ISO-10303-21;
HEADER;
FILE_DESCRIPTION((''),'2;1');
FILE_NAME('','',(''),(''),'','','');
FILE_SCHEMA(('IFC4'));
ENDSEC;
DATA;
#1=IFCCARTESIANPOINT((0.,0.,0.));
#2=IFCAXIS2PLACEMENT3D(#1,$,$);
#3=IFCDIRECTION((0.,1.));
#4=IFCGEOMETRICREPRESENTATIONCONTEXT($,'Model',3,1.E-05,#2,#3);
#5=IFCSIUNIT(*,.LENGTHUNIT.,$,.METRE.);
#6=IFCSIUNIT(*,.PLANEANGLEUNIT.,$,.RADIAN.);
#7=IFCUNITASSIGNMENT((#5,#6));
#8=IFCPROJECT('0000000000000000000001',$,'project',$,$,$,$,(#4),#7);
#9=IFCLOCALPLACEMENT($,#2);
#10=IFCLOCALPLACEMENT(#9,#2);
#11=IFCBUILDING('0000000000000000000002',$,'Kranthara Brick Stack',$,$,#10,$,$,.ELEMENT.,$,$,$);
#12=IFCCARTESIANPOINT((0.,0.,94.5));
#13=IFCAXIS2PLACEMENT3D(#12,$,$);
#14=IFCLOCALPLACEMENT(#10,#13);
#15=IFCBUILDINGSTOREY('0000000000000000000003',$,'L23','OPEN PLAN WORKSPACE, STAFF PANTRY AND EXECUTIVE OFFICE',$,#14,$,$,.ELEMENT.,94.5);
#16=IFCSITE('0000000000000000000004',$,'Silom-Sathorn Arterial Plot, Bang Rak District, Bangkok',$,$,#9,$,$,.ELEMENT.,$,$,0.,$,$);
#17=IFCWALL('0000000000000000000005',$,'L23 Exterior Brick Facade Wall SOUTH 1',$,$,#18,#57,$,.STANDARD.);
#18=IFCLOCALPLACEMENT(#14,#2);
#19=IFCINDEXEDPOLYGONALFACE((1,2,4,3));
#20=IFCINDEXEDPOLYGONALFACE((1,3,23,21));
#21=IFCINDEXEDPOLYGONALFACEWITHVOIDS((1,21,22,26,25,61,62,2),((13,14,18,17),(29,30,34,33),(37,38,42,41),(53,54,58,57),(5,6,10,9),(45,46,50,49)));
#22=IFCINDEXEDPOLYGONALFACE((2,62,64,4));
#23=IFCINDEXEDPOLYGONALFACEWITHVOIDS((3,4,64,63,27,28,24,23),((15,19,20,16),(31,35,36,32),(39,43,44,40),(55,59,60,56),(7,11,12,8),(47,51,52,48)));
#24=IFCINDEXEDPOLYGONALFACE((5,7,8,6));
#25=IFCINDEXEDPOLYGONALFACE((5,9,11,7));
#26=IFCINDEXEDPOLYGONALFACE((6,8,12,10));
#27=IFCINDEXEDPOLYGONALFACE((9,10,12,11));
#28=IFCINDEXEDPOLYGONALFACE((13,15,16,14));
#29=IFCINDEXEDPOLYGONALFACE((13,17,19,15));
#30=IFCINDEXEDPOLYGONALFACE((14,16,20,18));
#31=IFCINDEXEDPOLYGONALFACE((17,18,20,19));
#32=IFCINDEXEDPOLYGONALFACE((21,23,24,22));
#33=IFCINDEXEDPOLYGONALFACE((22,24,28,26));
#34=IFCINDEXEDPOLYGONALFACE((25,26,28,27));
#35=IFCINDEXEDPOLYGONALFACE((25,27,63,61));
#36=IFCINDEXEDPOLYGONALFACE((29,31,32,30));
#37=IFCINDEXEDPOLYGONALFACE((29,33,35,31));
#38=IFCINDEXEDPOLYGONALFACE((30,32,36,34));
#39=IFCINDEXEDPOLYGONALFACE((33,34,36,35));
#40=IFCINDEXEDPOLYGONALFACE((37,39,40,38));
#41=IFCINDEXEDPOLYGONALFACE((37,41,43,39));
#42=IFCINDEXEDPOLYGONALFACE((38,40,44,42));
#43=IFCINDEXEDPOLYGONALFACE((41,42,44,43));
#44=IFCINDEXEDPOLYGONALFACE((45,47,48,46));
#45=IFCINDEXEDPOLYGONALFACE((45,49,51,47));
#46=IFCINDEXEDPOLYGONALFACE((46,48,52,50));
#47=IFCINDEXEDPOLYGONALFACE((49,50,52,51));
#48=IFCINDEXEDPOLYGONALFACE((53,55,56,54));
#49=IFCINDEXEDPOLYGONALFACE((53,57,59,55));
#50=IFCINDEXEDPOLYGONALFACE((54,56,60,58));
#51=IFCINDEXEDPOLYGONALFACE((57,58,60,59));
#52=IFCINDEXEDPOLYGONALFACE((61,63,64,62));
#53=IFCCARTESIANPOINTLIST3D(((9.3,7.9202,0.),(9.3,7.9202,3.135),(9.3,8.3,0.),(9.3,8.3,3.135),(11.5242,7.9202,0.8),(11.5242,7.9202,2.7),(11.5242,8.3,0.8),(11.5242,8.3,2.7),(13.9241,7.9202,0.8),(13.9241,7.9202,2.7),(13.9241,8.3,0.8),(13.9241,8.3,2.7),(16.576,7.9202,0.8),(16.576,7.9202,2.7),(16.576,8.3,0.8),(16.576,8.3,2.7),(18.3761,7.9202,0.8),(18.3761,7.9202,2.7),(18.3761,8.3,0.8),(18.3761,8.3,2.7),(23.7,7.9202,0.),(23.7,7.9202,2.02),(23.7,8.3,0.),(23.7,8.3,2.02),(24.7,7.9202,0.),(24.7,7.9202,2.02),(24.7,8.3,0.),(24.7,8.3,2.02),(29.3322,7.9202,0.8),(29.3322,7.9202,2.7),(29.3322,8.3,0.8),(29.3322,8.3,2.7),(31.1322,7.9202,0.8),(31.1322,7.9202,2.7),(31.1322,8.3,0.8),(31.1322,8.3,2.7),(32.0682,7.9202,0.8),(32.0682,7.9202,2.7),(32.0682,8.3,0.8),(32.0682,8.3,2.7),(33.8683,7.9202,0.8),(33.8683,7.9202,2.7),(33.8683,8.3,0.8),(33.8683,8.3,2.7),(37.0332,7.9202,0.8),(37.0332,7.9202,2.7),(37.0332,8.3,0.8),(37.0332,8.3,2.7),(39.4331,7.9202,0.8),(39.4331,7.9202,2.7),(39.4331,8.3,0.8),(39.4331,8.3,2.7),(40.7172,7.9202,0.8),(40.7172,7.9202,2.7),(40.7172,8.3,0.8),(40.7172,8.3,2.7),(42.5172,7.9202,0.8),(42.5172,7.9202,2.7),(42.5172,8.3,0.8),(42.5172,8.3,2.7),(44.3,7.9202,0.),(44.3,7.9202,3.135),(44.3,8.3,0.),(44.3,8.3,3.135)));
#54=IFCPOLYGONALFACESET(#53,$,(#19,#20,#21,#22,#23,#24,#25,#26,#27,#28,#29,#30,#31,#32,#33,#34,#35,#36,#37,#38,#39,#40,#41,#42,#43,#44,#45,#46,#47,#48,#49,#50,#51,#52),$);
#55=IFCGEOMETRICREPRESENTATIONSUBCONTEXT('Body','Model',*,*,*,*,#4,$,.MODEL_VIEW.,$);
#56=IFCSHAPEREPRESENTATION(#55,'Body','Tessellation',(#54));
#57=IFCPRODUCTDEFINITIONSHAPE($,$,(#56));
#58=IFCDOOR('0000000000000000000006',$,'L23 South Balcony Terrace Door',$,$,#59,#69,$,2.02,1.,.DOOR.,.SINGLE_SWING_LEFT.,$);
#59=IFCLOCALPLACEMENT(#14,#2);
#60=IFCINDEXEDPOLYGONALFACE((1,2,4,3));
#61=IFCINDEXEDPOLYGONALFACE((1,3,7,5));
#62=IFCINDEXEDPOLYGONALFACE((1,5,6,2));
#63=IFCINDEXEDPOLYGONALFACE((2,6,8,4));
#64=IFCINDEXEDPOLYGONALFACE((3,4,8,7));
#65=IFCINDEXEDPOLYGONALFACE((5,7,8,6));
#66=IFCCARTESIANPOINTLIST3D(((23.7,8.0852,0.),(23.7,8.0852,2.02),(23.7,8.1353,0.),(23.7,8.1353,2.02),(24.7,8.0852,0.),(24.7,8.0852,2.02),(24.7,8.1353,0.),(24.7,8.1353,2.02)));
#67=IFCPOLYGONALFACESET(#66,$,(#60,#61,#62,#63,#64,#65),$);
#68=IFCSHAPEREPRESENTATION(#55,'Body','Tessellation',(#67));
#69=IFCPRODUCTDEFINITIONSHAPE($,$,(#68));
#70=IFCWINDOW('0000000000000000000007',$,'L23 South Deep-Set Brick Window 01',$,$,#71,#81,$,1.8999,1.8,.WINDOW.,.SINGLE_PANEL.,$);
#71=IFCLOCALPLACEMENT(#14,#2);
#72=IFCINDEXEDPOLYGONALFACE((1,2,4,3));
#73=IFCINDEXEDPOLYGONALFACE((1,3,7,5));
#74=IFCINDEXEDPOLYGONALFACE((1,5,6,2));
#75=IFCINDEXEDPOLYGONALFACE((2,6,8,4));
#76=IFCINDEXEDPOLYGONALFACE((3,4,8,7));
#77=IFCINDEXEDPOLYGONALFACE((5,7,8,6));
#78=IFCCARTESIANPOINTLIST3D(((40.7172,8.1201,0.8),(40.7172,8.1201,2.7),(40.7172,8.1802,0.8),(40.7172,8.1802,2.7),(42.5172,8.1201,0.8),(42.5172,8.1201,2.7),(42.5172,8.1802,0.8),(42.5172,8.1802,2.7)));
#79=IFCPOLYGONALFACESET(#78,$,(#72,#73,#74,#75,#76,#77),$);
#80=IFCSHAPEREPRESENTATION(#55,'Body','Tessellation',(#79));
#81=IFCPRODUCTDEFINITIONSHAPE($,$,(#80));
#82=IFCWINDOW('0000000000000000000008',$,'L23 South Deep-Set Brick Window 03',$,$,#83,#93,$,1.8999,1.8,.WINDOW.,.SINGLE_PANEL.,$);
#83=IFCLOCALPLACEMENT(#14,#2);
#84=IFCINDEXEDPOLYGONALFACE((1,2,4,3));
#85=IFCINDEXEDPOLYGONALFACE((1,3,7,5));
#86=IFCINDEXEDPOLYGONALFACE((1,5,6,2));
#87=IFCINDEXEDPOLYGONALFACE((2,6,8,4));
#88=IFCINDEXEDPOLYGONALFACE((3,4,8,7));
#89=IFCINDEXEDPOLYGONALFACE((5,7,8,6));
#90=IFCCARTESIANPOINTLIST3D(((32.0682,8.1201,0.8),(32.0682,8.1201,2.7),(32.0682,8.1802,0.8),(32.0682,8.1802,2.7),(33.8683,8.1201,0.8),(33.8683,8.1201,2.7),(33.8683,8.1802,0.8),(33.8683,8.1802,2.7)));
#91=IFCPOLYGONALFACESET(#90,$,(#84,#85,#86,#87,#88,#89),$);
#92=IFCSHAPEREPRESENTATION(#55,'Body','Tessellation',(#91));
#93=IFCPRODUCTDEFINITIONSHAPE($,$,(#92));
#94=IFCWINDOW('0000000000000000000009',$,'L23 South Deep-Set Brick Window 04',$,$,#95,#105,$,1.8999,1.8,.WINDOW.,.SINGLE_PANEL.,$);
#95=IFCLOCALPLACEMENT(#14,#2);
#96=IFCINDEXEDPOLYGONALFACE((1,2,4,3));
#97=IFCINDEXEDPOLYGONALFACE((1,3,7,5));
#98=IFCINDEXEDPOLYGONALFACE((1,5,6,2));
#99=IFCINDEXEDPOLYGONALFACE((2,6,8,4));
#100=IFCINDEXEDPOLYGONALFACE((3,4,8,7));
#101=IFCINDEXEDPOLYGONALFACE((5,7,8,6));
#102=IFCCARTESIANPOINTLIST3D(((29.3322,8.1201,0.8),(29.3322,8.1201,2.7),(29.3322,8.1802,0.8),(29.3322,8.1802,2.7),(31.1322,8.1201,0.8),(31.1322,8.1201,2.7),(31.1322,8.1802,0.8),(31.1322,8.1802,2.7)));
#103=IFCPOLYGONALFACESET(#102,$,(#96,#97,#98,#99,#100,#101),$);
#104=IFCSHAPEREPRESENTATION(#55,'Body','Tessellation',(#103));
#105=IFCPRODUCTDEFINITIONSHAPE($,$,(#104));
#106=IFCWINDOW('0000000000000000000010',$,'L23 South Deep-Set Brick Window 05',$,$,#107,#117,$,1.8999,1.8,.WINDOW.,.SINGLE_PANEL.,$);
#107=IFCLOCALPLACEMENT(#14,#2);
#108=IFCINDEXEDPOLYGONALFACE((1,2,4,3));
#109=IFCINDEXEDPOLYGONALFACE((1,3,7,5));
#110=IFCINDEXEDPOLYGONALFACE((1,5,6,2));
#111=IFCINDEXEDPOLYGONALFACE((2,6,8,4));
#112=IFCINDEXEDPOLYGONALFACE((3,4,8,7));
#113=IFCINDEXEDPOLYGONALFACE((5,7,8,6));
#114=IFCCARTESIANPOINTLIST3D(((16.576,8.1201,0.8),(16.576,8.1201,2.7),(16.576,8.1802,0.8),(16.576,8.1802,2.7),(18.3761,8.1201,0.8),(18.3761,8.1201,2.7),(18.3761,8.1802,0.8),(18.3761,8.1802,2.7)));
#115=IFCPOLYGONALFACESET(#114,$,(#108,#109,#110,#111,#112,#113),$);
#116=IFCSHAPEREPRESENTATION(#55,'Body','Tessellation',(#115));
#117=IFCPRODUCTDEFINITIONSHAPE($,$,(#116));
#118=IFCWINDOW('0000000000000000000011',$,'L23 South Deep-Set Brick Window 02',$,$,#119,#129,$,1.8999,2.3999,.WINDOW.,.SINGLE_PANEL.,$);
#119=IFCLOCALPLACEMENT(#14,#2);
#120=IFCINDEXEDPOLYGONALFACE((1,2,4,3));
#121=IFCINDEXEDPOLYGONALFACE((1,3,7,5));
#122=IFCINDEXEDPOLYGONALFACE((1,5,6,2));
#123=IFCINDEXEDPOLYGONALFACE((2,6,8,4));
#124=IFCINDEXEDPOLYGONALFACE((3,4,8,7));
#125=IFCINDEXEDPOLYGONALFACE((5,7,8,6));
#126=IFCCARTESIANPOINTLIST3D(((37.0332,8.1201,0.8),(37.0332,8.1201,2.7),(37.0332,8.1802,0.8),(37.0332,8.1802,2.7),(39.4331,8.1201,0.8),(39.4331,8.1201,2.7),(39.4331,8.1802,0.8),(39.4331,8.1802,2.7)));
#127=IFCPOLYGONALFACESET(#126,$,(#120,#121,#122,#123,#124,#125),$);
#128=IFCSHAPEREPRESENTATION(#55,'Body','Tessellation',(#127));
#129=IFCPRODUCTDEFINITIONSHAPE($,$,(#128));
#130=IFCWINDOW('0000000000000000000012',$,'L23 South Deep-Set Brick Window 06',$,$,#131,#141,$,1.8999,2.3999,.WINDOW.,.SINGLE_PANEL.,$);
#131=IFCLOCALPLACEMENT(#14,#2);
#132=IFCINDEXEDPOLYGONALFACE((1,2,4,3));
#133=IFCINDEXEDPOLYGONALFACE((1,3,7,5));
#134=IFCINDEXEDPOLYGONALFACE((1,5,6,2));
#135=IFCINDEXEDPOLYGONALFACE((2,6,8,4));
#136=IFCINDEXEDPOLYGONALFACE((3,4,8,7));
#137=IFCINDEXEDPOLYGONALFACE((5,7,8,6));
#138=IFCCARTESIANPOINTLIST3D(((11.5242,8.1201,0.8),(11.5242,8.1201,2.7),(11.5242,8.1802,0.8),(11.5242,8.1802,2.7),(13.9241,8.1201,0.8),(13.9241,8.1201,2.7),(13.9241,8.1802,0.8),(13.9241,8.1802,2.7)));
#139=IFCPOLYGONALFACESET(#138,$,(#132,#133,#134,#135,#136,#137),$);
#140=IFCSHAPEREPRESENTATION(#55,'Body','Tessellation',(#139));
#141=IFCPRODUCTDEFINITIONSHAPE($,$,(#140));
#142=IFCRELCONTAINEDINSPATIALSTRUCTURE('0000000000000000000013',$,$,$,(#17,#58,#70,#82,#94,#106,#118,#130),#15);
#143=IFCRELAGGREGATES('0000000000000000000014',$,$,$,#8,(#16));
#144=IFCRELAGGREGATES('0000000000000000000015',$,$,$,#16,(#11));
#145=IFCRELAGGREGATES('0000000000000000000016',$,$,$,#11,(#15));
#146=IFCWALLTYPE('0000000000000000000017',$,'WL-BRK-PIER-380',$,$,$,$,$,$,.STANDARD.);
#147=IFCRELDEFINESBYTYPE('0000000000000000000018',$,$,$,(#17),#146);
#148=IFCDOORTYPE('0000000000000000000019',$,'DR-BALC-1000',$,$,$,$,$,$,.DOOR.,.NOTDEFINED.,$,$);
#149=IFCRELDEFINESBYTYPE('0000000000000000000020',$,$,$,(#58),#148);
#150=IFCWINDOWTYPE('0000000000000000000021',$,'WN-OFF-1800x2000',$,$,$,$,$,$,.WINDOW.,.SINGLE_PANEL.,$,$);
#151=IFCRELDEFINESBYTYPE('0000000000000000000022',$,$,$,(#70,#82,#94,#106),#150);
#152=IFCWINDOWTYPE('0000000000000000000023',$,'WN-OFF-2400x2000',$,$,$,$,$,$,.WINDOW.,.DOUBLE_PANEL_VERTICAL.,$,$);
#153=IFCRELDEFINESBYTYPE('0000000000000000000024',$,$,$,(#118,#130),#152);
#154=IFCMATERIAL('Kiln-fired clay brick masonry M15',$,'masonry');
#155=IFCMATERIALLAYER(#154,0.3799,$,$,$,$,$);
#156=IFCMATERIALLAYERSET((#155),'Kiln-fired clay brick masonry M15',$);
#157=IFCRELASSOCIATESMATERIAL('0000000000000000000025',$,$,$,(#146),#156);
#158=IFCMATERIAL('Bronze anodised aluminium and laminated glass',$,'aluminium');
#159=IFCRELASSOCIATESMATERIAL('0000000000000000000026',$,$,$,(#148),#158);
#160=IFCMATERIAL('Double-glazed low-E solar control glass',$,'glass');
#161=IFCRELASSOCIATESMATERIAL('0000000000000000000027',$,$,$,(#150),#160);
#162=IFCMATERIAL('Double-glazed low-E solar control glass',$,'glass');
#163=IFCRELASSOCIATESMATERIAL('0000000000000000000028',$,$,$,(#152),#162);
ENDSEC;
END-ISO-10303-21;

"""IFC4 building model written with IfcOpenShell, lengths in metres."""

from ifc_helpers import new_model, si_unit, direction, frame, frame_2d, origin, place, context, subcontext, project, spatial, rectangle, extrude, material, layer, layer_set, type_object, element, fill, save


model = new_model("IFC4")

# Units and contexts
model_context = context("Model", 3, precision=1e-05, world=origin(), true_north=direction((0.0, 1.0)))
body_context = subcontext(model_context, "Body", "Model", "MODEL_VIEW")
ifc_project = project(units=[si_unit("LENGTHUNIT", "METRE"), si_unit("PLANEANGLEUNIT", "RADIAN")], contexts=[model_context])

# Site, building, storey
site_placement = place(None, origin())
site = spatial("IfcSite", under=ifc_project, at=site_placement, Name="Silom-Sathorn Arterial Plot, Bang Rak District, Bangkok", CompositionType="ELEMENT", RefElevation=0.0)
building_placement = place(site_placement, origin())
building = spatial("IfcBuilding", under=site, at=building_placement, Name="Kranthara Brick Stack", CompositionType="ELEMENT")
storey_placement = place(building_placement, frame((0.0, 0.0, 94.5)))
storey = spatial("IfcBuildingStorey", under=building, at=storey_placement, Name="L23", Description="OPEN PLAN WORKSPACE, STAFF PANTRY AND EXECUTIVE OFFICE", CompositionType="ELEMENT", Elevation=94.5)

# Wall, openings, door, windows
ifc_material_1 = material(Name="Kiln-fired clay brick masonry M15", Category="masonry")
ifc_layer_1 = layer(ifc_material_1, 0.3799)
ifc_layer_set_1 = layer_set([ifc_layer_1], Name="Kiln-fired clay brick masonry M15")
wall_type = type_object("IfcWallType", Name="WL-BRK-PIER-380", PredefinedType="STANDARD", material=ifc_layer_set_1)
wall_1_placement = place(storey_placement, frame((44.3, 8.1101, 0.0), z_axis=(0.0, 0.0, 1.0), x_axis=(-1.0, 0.0, 0.0)))
wall_1 = element("IfcWall", 1, at=wall_1_placement, inside=storey, type_object=wall_type, Name="L23 Exterior Brick Facade Wall SOUTH 1", PredefinedType="STANDARD", context=body_context, shape_type="SweptSolid", body=[
    extrude(rectangle(XDim=35.0, YDim=0.3799, at=frame_2d((17.5, 0.0))), origin(), (0.0, 0.0, 1.0), 3.135),
])
opening_1_placement = place(wall_1_placement, frame((19.6001, 0.0, 0.0)))
opening_1 = element("IfcOpeningElement", 2, at=opening_1_placement, cuts=wall_1, PredefinedType="OPENING", context=body_context, shape_type="SweptSolid", body=[
    extrude(rectangle(XDim=1.0, YDim=2.02, at=frame_2d((0.5, 1.01))), frame((0.0, 0.2, 0.0), z_axis=(0.0, -1.0, 0.0), x_axis=(1.0, 0.0, 0.0)), (0.0, 0.0, 1.0), 0.3999),
])
opening_2_placement = place(wall_1_placement, frame((1.783, 0.0, 0.8)))
opening_2 = element("IfcOpeningElement", 3, at=opening_2_placement, cuts=wall_1, PredefinedType="OPENING", context=body_context, shape_type="SweptSolid", body=[
    extrude(rectangle(XDim=1.8, YDim=1.8999, at=frame_2d((0.8999, 0.95))), frame((0.0, 0.2, 0.0), z_axis=(0.0, -1.0, 0.0), x_axis=(1.0, 0.0, 0.0)), (0.0, 0.0, 1.0), 0.3999),
])
opening_3_placement = place(wall_1_placement, frame((4.8669, 0.0, 0.8)))
opening_3 = element("IfcOpeningElement", 4, at=opening_3_placement, cuts=wall_1, PredefinedType="OPENING", context=body_context, shape_type="SweptSolid", body=[
    extrude(rectangle(XDim=2.3999, YDim=1.8999, at=frame_2d((1.2, 0.95))), frame((0.0, 0.2, 0.0), z_axis=(0.0, -1.0, 0.0), x_axis=(1.0, 0.0, 0.0)), (0.0, 0.0, 1.0), 0.3999),
])
opening_4_placement = place(wall_1_placement, frame((10.4319, 0.0, 0.8)))
opening_4 = element("IfcOpeningElement", 5, at=opening_4_placement, cuts=wall_1, PredefinedType="OPENING", context=body_context, shape_type="SweptSolid", body=[
    extrude(rectangle(XDim=1.8, YDim=1.8999, at=frame_2d((0.8999, 0.95))), frame((0.0, 0.2, 0.0), z_axis=(0.0, -1.0, 0.0), x_axis=(1.0, 0.0, 0.0)), (0.0, 0.0, 1.0), 0.3999),
])
opening_5_placement = place(wall_1_placement, frame((13.168, 0.0, 0.8)))
opening_5 = element("IfcOpeningElement", 6, at=opening_5_placement, cuts=wall_1, PredefinedType="OPENING", context=body_context, shape_type="SweptSolid", body=[
    extrude(rectangle(XDim=1.8, YDim=1.8999, at=frame_2d((0.8999, 0.95))), frame((0.0, 0.2, 0.0), z_axis=(0.0, -1.0, 0.0), x_axis=(1.0, 0.0, 0.0)), (0.0, 0.0, 1.0), 0.3999),
])
opening_6_placement = place(wall_1_placement, frame((25.9241, 0.0, 0.8)))
opening_6 = element("IfcOpeningElement", 7, at=opening_6_placement, cuts=wall_1, PredefinedType="OPENING", context=body_context, shape_type="SweptSolid", body=[
    extrude(rectangle(XDim=1.8, YDim=1.8999, at=frame_2d((0.8999, 0.95))), frame((0.0, 0.2, 0.0), z_axis=(0.0, -1.0, 0.0), x_axis=(1.0, 0.0, 0.0)), (0.0, 0.0, 1.0), 0.3999),
])
opening_7_placement = place(wall_1_placement, frame((30.376, 0.0, 0.8)))
opening_7 = element("IfcOpeningElement", 8, at=opening_7_placement, cuts=wall_1, PredefinedType="OPENING", context=body_context, shape_type="SweptSolid", body=[
    extrude(rectangle(XDim=2.3999, YDim=1.8999, at=frame_2d((1.2, 0.95))), frame((0.0, 0.2, 0.0), z_axis=(0.0, -1.0, 0.0), x_axis=(1.0, 0.0, 0.0)), (0.0, 0.0, 1.0), 0.3999),
])
ifc_material_2 = material(Name="Bronze anodised aluminium and laminated glass", Category="aluminium")
door_type = type_object("IfcDoorType", Name="DR-BALC-1000", OperationType="NOTDEFINED", PredefinedType="DOOR", material=ifc_material_2)
door_placement = place(opening_1_placement, origin())
door = element("IfcDoor", 9, at=door_placement, inside=storey, type_object=door_type, Name="L23 South Balcony Terrace Door", OperationType="SINGLE_SWING_LEFT", OverallHeight=2.02, OverallWidth=1.0, PredefinedType="DOOR", context=body_context, shape_type="SweptSolid", body=[
    extrude(rectangle(XDim=1.0, YDim=2.02, at=frame_2d((0.5, 1.01))), frame((0.0, 0.0249, 0.0), z_axis=(0.0, -1.0, 0.0), x_axis=(1.0, 0.0, 0.0)), (0.0, 0.0, 1.0), 0.05),
])
fill(opening_1, door)
ifc_material_3 = material(Name="Double-glazed low-E solar control glass", Category="glass")
window_type_1 = type_object("IfcWindowType", Name="WN-OFF-1800x2000", PartitioningType="SINGLE_PANEL", PredefinedType="WINDOW", material=ifc_material_3)
window_1_placement = place(opening_2_placement, origin())
window_1 = element("IfcWindow", 10, at=window_1_placement, inside=storey, type_object=window_type_1, Name="L23 South Deep-Set Brick Window 01", OverallHeight=1.8999, OverallWidth=1.8, PartitioningType="SINGLE_PANEL", PredefinedType="WINDOW", context=body_context, shape_type="SweptSolid", body=[
    extrude(rectangle(XDim=1.8, YDim=1.8999, at=frame_2d((0.8999, 0.95))), frame((0.0, -0.01, 0.0), z_axis=(0.0, -1.0, 0.0), x_axis=(1.0, 0.0, 0.0)), (0.0, 0.0, 1.0), 0.0601),
])
fill(opening_2, window_1)
window_2_placement = place(opening_4_placement, origin())
window_2 = element("IfcWindow", 11, at=window_2_placement, inside=storey, type_object=window_type_1, Name="L23 South Deep-Set Brick Window 03", OverallHeight=1.8999, OverallWidth=1.8, PartitioningType="SINGLE_PANEL", PredefinedType="WINDOW", context=body_context, shape_type="SweptSolid", body=[
    extrude(rectangle(XDim=1.8, YDim=1.8999, at=frame_2d((0.8999, 0.95))), frame((0.0, -0.01, 0.0), z_axis=(0.0, -1.0, 0.0), x_axis=(1.0, 0.0, 0.0)), (0.0, 0.0, 1.0), 0.0601),
])
fill(opening_4, window_2)
window_3_placement = place(opening_5_placement, origin())
window_3 = element("IfcWindow", 12, at=window_3_placement, inside=storey, type_object=window_type_1, Name="L23 South Deep-Set Brick Window 04", OverallHeight=1.8999, OverallWidth=1.8, PartitioningType="SINGLE_PANEL", PredefinedType="WINDOW", context=body_context, shape_type="SweptSolid", body=[
    extrude(rectangle(XDim=1.8, YDim=1.8999, at=frame_2d((0.8999, 0.95))), frame((0.0, -0.01, 0.0), z_axis=(0.0, -1.0, 0.0), x_axis=(1.0, 0.0, 0.0)), (0.0, 0.0, 1.0), 0.0601),
])
fill(opening_5, window_3)
window_4_placement = place(opening_6_placement, origin())
window_4 = element("IfcWindow", 13, at=window_4_placement, inside=storey, type_object=window_type_1, Name="L23 South Deep-Set Brick Window 05", OverallHeight=1.8999, OverallWidth=1.8, PartitioningType="SINGLE_PANEL", PredefinedType="WINDOW", context=body_context, shape_type="SweptSolid", body=[
    extrude(rectangle(XDim=1.8, YDim=1.8999, at=frame_2d((0.8999, 0.95))), frame((0.0, -0.01, 0.0), z_axis=(0.0, -1.0, 0.0), x_axis=(1.0, 0.0, 0.0)), (0.0, 0.0, 1.0), 0.0601),
])
fill(opening_6, window_4)
ifc_material_4 = material(Name="Double-glazed low-E solar control glass", Category="glass")
window_type_2 = type_object("IfcWindowType", Name="WN-OFF-2400x2000", PartitioningType="DOUBLE_PANEL_VERTICAL", PredefinedType="WINDOW", material=ifc_material_4)
window_5_placement = place(opening_3_placement, origin())
window_5 = element("IfcWindow", 14, at=window_5_placement, inside=storey, type_object=window_type_2, Name="L23 South Deep-Set Brick Window 02", OverallHeight=1.8999, OverallWidth=2.3999, PartitioningType="SINGLE_PANEL", PredefinedType="WINDOW", context=body_context, shape_type="SweptSolid", body=[
    extrude(rectangle(XDim=2.3999, YDim=1.8999, at=frame_2d((1.2, 0.95))), frame((0.0, -0.01, 0.0), z_axis=(0.0, -1.0, 0.0), x_axis=(1.0, 0.0, 0.0)), (0.0, 0.0, 1.0), 0.0601),
])
fill(opening_3, window_5)
window_6_placement = place(opening_7_placement, origin())
window_6 = element("IfcWindow", 15, at=window_6_placement, inside=storey, type_object=window_type_2, Name="L23 South Deep-Set Brick Window 06", OverallHeight=1.8999, OverallWidth=2.3999, PartitioningType="SINGLE_PANEL", PredefinedType="WINDOW", context=body_context, shape_type="SweptSolid", body=[
    extrude(rectangle(XDim=2.3999, YDim=1.8999, at=frame_2d((1.2, 0.95))), frame((0.0, -0.01, 0.0), z_axis=(0.0, -1.0, 0.0), x_axis=(1.0, 0.0, 0.0)), (0.0, 0.0, 1.0), 0.0601),
])
fill(opening_7, window_6)

save(model, "model.ifc")
